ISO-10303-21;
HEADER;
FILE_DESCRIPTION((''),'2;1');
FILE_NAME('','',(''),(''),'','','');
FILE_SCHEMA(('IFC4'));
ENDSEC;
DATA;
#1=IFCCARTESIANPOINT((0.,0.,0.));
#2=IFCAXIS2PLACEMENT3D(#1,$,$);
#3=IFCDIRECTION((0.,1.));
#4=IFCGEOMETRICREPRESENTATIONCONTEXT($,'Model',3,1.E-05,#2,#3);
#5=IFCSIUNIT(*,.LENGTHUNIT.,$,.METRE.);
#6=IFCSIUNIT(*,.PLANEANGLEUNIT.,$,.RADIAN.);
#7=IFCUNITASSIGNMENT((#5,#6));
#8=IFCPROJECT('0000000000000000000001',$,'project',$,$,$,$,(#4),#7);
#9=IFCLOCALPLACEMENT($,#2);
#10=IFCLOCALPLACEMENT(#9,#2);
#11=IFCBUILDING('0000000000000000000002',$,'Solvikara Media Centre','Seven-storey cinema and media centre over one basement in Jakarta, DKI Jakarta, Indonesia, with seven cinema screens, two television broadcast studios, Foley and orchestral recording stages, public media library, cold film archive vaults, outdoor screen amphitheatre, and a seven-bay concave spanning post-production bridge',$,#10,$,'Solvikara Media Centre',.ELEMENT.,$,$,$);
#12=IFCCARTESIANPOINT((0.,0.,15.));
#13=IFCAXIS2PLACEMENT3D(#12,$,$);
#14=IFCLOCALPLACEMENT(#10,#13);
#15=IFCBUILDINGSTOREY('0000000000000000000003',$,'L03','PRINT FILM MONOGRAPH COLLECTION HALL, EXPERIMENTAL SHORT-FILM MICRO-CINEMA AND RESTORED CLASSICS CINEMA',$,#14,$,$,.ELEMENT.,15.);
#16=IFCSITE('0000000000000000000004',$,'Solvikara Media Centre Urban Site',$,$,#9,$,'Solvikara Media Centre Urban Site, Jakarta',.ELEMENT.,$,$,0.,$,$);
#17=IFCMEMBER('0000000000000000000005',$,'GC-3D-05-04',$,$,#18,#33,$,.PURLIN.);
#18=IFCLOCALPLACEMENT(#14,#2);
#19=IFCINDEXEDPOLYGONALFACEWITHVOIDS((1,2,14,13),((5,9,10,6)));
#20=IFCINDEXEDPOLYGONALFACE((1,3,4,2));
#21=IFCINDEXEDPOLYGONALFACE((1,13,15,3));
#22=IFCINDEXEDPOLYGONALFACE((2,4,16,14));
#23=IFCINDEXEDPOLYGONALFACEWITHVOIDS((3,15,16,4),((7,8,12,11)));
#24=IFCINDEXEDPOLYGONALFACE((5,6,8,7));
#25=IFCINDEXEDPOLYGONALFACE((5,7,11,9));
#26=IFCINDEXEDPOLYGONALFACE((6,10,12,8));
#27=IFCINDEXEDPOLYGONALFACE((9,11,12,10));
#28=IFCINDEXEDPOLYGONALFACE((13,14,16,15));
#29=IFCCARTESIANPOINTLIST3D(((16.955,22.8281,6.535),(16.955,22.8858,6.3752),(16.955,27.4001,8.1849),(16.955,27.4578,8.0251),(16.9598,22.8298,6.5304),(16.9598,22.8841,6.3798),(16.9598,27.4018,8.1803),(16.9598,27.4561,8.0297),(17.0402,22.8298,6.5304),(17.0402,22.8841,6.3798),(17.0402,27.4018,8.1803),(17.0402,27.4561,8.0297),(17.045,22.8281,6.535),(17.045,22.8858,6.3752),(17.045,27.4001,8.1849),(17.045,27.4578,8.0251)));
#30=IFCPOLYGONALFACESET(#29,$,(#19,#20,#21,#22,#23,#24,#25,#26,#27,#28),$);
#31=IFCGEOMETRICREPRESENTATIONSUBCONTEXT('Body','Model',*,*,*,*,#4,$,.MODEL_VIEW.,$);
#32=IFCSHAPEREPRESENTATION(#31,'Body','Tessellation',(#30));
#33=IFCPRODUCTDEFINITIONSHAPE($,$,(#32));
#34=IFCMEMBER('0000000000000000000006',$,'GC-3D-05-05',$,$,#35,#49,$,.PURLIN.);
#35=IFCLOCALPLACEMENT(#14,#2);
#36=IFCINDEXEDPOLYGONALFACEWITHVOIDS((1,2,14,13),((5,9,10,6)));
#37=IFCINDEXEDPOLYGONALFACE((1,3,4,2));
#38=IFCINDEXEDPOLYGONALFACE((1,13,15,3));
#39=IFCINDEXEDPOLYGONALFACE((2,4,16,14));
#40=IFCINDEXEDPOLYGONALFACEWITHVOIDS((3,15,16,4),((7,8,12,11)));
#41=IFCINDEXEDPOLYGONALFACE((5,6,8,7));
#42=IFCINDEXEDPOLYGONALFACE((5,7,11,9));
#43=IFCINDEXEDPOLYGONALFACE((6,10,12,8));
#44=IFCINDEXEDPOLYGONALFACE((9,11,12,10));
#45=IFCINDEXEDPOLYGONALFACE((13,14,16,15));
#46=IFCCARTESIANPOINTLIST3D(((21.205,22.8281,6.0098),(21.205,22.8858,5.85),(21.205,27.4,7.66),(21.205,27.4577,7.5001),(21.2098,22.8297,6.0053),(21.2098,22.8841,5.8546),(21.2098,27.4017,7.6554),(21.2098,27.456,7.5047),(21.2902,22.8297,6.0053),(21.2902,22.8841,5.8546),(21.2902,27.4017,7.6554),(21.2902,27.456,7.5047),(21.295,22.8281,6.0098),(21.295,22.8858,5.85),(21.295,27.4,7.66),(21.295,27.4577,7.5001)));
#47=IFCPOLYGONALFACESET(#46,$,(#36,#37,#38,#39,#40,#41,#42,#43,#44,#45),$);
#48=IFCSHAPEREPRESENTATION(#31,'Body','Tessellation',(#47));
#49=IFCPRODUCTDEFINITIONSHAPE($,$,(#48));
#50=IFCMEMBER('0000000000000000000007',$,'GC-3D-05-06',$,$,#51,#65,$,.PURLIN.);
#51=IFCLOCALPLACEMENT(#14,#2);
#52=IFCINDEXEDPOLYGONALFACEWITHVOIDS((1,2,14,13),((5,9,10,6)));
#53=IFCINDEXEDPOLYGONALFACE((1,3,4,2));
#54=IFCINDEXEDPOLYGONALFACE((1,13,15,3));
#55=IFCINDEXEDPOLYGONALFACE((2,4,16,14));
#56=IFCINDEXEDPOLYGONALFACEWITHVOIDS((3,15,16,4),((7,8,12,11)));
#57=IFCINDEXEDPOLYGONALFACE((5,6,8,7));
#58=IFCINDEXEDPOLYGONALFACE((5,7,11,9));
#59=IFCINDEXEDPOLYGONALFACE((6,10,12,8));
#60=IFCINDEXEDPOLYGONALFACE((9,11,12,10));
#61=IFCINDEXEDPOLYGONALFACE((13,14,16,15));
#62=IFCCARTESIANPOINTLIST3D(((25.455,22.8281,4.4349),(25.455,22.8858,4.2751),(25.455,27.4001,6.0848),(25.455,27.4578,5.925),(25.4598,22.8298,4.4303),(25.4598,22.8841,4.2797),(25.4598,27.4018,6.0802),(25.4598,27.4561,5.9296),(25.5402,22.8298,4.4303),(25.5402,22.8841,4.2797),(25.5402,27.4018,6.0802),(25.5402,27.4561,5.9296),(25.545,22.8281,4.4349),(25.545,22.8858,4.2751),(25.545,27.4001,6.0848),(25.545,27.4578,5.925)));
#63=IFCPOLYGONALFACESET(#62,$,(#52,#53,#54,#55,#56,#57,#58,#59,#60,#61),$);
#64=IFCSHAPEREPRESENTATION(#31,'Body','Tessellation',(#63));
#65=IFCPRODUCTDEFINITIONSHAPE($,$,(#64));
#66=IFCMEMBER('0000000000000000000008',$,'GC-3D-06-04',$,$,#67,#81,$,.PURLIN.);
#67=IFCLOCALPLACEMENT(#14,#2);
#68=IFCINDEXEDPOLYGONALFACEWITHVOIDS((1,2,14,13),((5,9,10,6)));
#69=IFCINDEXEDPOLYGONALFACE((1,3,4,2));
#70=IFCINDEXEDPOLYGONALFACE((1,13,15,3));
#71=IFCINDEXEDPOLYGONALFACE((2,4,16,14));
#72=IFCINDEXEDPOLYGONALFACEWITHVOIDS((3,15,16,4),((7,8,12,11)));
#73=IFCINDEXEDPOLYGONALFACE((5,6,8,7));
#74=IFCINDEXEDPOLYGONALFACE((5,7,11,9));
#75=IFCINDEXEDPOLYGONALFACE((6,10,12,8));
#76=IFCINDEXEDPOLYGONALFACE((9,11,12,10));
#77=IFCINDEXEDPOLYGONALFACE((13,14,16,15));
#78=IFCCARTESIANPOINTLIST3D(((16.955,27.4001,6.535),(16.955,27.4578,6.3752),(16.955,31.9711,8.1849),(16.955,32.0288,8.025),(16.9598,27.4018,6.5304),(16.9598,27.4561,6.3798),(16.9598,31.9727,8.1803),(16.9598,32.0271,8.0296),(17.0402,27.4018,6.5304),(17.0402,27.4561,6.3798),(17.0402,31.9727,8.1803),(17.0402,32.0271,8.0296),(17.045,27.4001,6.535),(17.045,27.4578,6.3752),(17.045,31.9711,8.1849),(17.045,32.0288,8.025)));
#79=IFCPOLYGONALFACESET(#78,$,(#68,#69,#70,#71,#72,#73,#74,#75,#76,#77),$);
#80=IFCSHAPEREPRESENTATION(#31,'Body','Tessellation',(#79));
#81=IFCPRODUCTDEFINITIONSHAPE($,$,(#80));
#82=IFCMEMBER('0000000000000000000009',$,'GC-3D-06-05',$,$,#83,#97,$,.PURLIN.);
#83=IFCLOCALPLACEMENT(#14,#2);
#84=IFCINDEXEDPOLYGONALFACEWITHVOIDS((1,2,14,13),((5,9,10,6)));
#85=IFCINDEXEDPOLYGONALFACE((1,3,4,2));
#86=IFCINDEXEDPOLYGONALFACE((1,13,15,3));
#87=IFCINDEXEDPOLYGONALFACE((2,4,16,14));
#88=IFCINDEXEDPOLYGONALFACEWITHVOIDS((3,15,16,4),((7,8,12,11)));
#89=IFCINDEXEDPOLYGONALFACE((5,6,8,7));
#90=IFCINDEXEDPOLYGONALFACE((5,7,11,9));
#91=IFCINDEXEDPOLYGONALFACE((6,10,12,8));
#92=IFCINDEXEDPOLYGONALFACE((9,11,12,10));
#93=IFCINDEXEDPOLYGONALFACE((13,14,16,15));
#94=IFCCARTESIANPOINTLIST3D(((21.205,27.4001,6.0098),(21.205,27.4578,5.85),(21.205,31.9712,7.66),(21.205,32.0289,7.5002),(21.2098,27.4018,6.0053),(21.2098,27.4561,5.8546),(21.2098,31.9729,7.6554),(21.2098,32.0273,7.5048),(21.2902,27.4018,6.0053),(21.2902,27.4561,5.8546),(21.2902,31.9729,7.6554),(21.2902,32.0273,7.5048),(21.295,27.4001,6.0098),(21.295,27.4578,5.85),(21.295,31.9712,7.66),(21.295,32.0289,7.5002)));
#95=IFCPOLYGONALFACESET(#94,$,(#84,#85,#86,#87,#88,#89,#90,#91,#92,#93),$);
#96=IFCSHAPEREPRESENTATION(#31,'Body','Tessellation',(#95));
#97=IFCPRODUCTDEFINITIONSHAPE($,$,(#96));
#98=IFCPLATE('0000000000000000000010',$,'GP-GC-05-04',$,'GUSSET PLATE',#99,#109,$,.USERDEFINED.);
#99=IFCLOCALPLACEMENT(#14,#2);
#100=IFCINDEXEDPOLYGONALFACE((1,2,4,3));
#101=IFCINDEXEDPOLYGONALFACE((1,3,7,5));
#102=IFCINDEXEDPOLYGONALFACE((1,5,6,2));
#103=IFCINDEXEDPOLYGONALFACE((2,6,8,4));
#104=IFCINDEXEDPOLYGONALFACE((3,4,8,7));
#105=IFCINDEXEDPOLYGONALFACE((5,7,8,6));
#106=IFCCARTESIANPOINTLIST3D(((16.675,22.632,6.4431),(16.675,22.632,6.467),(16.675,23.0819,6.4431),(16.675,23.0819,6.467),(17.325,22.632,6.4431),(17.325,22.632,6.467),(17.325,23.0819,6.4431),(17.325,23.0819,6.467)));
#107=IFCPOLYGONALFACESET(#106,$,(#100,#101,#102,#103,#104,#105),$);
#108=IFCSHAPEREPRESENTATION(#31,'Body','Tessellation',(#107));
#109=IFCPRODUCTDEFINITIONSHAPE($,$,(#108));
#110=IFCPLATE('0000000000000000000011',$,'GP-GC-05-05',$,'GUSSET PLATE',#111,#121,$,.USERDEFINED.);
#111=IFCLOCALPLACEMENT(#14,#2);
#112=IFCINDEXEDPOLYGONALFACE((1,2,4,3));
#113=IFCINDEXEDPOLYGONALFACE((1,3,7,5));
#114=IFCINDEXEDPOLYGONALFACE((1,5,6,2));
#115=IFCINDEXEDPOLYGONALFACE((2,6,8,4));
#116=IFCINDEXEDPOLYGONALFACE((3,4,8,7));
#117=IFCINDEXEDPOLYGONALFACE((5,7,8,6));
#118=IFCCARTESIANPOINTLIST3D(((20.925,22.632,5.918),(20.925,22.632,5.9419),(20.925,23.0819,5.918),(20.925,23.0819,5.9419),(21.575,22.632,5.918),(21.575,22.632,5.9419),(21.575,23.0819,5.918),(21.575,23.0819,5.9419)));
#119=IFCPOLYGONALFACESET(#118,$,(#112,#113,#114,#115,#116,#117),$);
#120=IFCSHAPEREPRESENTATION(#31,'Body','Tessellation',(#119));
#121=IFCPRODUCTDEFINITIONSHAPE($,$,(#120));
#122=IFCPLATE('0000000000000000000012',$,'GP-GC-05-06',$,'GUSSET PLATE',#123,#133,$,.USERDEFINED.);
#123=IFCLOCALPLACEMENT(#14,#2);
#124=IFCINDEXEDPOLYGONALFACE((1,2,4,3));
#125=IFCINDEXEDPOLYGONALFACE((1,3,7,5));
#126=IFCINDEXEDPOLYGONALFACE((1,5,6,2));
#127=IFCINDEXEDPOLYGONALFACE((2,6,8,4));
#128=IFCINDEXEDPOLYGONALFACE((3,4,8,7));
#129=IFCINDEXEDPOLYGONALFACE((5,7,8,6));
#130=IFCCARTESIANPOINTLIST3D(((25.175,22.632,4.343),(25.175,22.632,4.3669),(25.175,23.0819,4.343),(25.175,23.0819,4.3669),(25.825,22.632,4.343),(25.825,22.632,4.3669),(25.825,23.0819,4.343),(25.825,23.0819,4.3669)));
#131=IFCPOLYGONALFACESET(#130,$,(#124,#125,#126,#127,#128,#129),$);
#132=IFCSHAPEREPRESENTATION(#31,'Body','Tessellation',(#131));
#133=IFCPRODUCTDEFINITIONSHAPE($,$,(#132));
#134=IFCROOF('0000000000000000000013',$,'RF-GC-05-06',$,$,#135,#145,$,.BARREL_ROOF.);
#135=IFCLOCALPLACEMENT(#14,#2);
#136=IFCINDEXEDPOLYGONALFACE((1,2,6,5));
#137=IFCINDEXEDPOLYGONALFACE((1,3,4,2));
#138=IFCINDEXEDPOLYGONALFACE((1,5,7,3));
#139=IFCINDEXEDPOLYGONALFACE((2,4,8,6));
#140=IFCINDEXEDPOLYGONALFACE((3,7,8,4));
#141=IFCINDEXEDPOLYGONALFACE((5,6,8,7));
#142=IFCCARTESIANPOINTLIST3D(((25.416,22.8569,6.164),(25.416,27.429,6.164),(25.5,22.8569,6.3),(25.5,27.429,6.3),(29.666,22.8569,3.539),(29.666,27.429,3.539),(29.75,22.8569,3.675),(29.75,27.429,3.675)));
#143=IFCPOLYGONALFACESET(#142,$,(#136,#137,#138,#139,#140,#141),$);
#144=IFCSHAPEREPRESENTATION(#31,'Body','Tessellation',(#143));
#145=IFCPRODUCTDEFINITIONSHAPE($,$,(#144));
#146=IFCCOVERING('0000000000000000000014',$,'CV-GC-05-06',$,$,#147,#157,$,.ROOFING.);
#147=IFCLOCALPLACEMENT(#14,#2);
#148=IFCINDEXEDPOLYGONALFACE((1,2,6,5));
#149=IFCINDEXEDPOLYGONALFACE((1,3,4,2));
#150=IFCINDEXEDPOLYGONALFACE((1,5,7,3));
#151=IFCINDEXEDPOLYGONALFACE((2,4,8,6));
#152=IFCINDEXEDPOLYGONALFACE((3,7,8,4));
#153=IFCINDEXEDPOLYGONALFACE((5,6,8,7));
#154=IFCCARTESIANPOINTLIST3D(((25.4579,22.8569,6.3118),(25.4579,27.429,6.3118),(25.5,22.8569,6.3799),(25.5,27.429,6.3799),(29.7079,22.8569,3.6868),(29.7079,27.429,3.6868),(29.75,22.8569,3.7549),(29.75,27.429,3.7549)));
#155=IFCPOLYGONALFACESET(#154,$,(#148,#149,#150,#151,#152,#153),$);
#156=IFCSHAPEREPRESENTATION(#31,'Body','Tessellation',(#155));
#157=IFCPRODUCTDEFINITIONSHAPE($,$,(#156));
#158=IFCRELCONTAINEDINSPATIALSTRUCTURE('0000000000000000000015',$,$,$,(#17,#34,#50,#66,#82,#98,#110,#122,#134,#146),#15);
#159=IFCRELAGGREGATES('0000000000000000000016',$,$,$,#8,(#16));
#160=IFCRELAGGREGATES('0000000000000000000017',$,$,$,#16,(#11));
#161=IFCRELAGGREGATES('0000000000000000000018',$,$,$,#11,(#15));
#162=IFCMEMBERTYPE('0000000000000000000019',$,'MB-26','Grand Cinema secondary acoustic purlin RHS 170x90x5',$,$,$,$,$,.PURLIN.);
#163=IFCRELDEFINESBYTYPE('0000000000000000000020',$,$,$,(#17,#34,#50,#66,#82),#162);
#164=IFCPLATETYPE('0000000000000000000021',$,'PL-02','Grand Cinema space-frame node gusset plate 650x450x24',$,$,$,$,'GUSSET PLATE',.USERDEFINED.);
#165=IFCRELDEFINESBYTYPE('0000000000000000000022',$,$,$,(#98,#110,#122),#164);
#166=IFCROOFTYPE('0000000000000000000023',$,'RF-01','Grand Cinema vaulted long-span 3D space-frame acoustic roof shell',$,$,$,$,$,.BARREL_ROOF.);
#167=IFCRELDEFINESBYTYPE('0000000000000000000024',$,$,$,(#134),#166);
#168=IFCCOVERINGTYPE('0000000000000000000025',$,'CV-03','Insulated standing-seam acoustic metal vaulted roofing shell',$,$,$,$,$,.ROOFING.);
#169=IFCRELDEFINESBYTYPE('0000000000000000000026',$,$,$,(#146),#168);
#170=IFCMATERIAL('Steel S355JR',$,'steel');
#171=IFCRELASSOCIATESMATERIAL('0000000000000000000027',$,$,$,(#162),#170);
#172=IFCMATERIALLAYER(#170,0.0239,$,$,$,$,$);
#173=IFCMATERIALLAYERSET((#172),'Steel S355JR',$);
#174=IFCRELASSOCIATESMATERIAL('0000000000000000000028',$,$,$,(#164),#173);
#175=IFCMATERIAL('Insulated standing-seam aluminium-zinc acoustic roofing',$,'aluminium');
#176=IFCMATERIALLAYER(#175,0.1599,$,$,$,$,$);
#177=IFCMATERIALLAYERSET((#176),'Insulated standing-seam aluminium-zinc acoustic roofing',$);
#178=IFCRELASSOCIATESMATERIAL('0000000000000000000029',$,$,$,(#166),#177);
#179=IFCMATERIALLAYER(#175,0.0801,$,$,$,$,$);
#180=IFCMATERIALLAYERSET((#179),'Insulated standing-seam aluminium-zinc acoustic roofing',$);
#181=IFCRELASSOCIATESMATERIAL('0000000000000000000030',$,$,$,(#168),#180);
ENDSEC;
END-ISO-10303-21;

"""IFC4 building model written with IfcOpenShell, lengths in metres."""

from ifc_helpers import new_model, si_unit, direction, frame, origin, origin_2d, place, context, subcontext, project, spatial, polyline, rectangle, hollow_rectangle, outline, extrude, material, layer, layer_set, material_profile, profile_set, type_object, element, save


model = new_model("IFC4")

# Units and contexts
model_context = context("Model", 3, precision=1e-05, world=origin(), true_north=direction((0.0, 1.0)))
body_context = subcontext(model_context, "Body", "Model", "MODEL_VIEW")
ifc_project = project(units=[si_unit("LENGTHUNIT", "METRE"), si_unit("PLANEANGLEUNIT", "RADIAN")], contexts=[model_context])

# Site, building, storey
site_placement = place(None, origin())
site = spatial("IfcSite", under=ifc_project, at=site_placement, Name="Solvikara Media Centre Urban Site", LongName="Solvikara Media Centre Urban Site, Jakarta", CompositionType="ELEMENT", RefElevation=0.0)
building_placement = place(site_placement, origin())
building = spatial("IfcBuilding", under=site, at=building_placement, Name="Solvikara Media Centre", Description="Seven-storey cinema and media centre over one basement in Jakarta, DKI Jakarta, Indonesia, with seven cinema screens, two television broadcast studios, Foley and orchestral recording stages, public media library, cold film archive vaults, outdoor screen amphitheatre, and a seven-bay concave spanning post-production bridge", LongName="Solvikara Media Centre", CompositionType="ELEMENT")
storey_placement = place(building_placement, frame((0.0, 0.0, 15.0)))
storey = spatial("IfcBuildingStorey", under=building, at=storey_placement, Name="L03", Description="PRINT FILM MONOGRAPH COLLECTION HALL, EXPERIMENTAL SHORT-FILM MICRO-CINEMA AND RESTORED CLASSICS CINEMA", CompositionType="ELEMENT", Elevation=15.0)

# Members
ifc_material_1 = material(Name="Steel S355JR", Category="steel")
ifc_material_profile_1 = material_profile(ifc_material_1, hollow_rectangle(XDim=0.0901, YDim=0.1699, WallThickness=0.0049, at=origin_2d()), Name="RHS 170x90x5")
ifc_profile_set_1 = profile_set([ifc_material_profile_1], Name="Steel S355JR")
member_type_1 = type_object("IfcMemberType", Name="MB-26", Description="Grand Cinema secondary acoustic purlin RHS 170x90x5", PredefinedType="PURLIN", material=ifc_profile_set_1)
for number, where, z_axis, x_axis, name in (
    (1, (17.0, 22.8569, 6.4551), (0.0, 0.940627, 0.339443), (-1.0, 0.0, 0.0), "GC-3D-05-04"),
    (2, (21.25, 22.8569, 5.9299), (0.0, 0.94061, 0.339488), (-1.0, 0.0, 0.0), "GC-3D-05-05"),
    (3, (25.5, 22.8569, 4.355), (0.0, 0.940627, 0.339443), (-1.0, 0.0, 0.0), "GC-3D-05-06"),
):
    element("IfcMember", number, at=place(storey_placement, frame(where, z_axis=z_axis, x_axis=x_axis)), inside=storey, type_object=member_type_1, Name=name, PredefinedType="PURLIN", context=body_context, shape_type="SweptSolid", body=[
        extrude(hollow_rectangle(XDim=0.0901, YDim=0.1699, WallThickness=0.0049, at=origin_2d()), origin(), (0.0, 0.0, 1.0), 4.8606),
    ])
member_1_placement = place(storey_placement, frame((17.0, 27.429, 6.4551), z_axis=(0.0, 0.940603, 0.339507), x_axis=(-1.0, 0.0, 0.0)))
element("IfcMember", 4, at=member_1_placement, inside=storey, type_object=member_type_1, Name="GC-3D-06-04", PredefinedType="PURLIN", context=body_context, shape_type="SweptSolid", body=[
    extrude(hollow_rectangle(XDim=0.0901, YDim=0.1699, WallThickness=0.0049, at=origin_2d()), origin(), (0.0, 0.0, 1.0), 4.8596),
])
member_2_placement = place(storey_placement, frame((21.25, 27.429, 5.9299), z_axis=(0.0, 0.940587, 0.339552), x_axis=(-1.0, 0.0, 0.0)))
element("IfcMember", 5, at=member_2_placement, inside=storey, type_object=member_type_1, Name="GC-3D-06-05", PredefinedType="PURLIN", context=body_context, shape_type="SweptSolid", body=[
    extrude(hollow_rectangle(XDim=0.0901, YDim=0.1699, WallThickness=0.0049, at=origin_2d()), origin(), (0.0, 0.0, 1.0), 4.8599),
])

# Plates
ifc_layer_1 = layer(ifc_material_1, 0.0239)
ifc_layer_set_1 = layer_set([ifc_layer_1], Name="Steel S355JR")
plate_type = type_object("IfcPlateType", Name="PL-02", Description="Grand Cinema space-frame node gusset plate 650x450x24", ElementType="GUSSET PLATE", PredefinedType="USERDEFINED", material=ifc_layer_set_1)
for number, where, z_axis, x_axis, name in (
    (6, (17.0, 22.8569, 6.4431), (0.0, 0.0, 1.0), (1.0, 0.0, 0.0), "GP-GC-05-04"),
    (7, (21.25, 22.8569, 5.918), (0.0, 0.0, 1.0), (1.0, 0.0, 0.0), "GP-GC-05-05"),
    (8, (25.5, 22.8569, 4.343), (0.0, 0.0, 1.0), (1.0, 0.0, 0.0), "GP-GC-05-06"),
):
    element("IfcPlate", number, at=place(storey_placement, frame(where, z_axis=z_axis, x_axis=x_axis)), inside=storey, type_object=plate_type, Name=name, ObjectType="GUSSET PLATE", PredefinedType="USERDEFINED", context=body_context, shape_type="SweptSolid", body=[
        extrude(rectangle(XDim=0.6499, YDim=0.45, at=origin_2d()), origin(), (0.0, 0.0, 1.0), 0.0239),
    ])

# Roof
ifc_material_2 = material(Name="Insulated standing-seam aluminium-zinc acoustic roofing", Category="aluminium")
ifc_layer_2 = layer(ifc_material_2, 0.1599)
ifc_layer_set_2 = layer_set([ifc_layer_2], Name="Insulated standing-seam aluminium-zinc acoustic roofing")
roof_type = type_object("IfcRoofType", Name="RF-01", Description="Grand Cinema vaulted long-span 3D space-frame acoustic roof shell", PredefinedType="BARREL_ROOF", material=ifc_layer_set_2)
roof_placement = place(storey_placement, frame((25.5, 22.8569, 6.3), z_axis=(0.525493, 0.0, 0.850798), x_axis=(0.850798, 0.0, -0.525493)))
element("IfcRoof", 9, at=roof_placement, inside=storey, type_object=roof_type, Name="RF-GC-05-06", PredefinedType="BARREL_ROOF", context=body_context, shape_type="SweptSolid", body=[
    extrude(outline(polyline([(0.0, 0.0), (4.9953, 0.0), (4.9953, 4.572), (0.0, 4.572), (0.0, 0.0)])), origin(), (0.0, 0.0, -1.0), 0.1599),
])

# Covering
ifc_layer_3 = layer(ifc_material_2, 0.0801)
ifc_layer_set_3 = layer_set([ifc_layer_3], Name="Insulated standing-seam aluminium-zinc acoustic roofing")
covering_type = type_object("IfcCoveringType", Name="CV-03", Description="Insulated standing-seam acoustic metal vaulted roofing shell", PredefinedType="ROOFING", material=ifc_layer_set_3)
covering_placement = place(storey_placement, frame((25.5, 22.8569, 6.3799), z_axis=(0.525493, 0.0, 0.850798), x_axis=(0.850798, 0.0, -0.525493)))
element("IfcCovering", 10, at=covering_placement, inside=storey, type_object=covering_type, Name="CV-GC-05-06", PredefinedType="ROOFING", context=body_context, shape_type="SweptSolid", body=[
    extrude(outline(polyline([(0.0, 0.0), (4.9953, 0.0), (4.9953, 4.572), (0.0, 4.572), (0.0, 0.0)])), origin(), (0.0, 0.0, -1.0), 0.0801),
])

save(model, "model.ifc")
